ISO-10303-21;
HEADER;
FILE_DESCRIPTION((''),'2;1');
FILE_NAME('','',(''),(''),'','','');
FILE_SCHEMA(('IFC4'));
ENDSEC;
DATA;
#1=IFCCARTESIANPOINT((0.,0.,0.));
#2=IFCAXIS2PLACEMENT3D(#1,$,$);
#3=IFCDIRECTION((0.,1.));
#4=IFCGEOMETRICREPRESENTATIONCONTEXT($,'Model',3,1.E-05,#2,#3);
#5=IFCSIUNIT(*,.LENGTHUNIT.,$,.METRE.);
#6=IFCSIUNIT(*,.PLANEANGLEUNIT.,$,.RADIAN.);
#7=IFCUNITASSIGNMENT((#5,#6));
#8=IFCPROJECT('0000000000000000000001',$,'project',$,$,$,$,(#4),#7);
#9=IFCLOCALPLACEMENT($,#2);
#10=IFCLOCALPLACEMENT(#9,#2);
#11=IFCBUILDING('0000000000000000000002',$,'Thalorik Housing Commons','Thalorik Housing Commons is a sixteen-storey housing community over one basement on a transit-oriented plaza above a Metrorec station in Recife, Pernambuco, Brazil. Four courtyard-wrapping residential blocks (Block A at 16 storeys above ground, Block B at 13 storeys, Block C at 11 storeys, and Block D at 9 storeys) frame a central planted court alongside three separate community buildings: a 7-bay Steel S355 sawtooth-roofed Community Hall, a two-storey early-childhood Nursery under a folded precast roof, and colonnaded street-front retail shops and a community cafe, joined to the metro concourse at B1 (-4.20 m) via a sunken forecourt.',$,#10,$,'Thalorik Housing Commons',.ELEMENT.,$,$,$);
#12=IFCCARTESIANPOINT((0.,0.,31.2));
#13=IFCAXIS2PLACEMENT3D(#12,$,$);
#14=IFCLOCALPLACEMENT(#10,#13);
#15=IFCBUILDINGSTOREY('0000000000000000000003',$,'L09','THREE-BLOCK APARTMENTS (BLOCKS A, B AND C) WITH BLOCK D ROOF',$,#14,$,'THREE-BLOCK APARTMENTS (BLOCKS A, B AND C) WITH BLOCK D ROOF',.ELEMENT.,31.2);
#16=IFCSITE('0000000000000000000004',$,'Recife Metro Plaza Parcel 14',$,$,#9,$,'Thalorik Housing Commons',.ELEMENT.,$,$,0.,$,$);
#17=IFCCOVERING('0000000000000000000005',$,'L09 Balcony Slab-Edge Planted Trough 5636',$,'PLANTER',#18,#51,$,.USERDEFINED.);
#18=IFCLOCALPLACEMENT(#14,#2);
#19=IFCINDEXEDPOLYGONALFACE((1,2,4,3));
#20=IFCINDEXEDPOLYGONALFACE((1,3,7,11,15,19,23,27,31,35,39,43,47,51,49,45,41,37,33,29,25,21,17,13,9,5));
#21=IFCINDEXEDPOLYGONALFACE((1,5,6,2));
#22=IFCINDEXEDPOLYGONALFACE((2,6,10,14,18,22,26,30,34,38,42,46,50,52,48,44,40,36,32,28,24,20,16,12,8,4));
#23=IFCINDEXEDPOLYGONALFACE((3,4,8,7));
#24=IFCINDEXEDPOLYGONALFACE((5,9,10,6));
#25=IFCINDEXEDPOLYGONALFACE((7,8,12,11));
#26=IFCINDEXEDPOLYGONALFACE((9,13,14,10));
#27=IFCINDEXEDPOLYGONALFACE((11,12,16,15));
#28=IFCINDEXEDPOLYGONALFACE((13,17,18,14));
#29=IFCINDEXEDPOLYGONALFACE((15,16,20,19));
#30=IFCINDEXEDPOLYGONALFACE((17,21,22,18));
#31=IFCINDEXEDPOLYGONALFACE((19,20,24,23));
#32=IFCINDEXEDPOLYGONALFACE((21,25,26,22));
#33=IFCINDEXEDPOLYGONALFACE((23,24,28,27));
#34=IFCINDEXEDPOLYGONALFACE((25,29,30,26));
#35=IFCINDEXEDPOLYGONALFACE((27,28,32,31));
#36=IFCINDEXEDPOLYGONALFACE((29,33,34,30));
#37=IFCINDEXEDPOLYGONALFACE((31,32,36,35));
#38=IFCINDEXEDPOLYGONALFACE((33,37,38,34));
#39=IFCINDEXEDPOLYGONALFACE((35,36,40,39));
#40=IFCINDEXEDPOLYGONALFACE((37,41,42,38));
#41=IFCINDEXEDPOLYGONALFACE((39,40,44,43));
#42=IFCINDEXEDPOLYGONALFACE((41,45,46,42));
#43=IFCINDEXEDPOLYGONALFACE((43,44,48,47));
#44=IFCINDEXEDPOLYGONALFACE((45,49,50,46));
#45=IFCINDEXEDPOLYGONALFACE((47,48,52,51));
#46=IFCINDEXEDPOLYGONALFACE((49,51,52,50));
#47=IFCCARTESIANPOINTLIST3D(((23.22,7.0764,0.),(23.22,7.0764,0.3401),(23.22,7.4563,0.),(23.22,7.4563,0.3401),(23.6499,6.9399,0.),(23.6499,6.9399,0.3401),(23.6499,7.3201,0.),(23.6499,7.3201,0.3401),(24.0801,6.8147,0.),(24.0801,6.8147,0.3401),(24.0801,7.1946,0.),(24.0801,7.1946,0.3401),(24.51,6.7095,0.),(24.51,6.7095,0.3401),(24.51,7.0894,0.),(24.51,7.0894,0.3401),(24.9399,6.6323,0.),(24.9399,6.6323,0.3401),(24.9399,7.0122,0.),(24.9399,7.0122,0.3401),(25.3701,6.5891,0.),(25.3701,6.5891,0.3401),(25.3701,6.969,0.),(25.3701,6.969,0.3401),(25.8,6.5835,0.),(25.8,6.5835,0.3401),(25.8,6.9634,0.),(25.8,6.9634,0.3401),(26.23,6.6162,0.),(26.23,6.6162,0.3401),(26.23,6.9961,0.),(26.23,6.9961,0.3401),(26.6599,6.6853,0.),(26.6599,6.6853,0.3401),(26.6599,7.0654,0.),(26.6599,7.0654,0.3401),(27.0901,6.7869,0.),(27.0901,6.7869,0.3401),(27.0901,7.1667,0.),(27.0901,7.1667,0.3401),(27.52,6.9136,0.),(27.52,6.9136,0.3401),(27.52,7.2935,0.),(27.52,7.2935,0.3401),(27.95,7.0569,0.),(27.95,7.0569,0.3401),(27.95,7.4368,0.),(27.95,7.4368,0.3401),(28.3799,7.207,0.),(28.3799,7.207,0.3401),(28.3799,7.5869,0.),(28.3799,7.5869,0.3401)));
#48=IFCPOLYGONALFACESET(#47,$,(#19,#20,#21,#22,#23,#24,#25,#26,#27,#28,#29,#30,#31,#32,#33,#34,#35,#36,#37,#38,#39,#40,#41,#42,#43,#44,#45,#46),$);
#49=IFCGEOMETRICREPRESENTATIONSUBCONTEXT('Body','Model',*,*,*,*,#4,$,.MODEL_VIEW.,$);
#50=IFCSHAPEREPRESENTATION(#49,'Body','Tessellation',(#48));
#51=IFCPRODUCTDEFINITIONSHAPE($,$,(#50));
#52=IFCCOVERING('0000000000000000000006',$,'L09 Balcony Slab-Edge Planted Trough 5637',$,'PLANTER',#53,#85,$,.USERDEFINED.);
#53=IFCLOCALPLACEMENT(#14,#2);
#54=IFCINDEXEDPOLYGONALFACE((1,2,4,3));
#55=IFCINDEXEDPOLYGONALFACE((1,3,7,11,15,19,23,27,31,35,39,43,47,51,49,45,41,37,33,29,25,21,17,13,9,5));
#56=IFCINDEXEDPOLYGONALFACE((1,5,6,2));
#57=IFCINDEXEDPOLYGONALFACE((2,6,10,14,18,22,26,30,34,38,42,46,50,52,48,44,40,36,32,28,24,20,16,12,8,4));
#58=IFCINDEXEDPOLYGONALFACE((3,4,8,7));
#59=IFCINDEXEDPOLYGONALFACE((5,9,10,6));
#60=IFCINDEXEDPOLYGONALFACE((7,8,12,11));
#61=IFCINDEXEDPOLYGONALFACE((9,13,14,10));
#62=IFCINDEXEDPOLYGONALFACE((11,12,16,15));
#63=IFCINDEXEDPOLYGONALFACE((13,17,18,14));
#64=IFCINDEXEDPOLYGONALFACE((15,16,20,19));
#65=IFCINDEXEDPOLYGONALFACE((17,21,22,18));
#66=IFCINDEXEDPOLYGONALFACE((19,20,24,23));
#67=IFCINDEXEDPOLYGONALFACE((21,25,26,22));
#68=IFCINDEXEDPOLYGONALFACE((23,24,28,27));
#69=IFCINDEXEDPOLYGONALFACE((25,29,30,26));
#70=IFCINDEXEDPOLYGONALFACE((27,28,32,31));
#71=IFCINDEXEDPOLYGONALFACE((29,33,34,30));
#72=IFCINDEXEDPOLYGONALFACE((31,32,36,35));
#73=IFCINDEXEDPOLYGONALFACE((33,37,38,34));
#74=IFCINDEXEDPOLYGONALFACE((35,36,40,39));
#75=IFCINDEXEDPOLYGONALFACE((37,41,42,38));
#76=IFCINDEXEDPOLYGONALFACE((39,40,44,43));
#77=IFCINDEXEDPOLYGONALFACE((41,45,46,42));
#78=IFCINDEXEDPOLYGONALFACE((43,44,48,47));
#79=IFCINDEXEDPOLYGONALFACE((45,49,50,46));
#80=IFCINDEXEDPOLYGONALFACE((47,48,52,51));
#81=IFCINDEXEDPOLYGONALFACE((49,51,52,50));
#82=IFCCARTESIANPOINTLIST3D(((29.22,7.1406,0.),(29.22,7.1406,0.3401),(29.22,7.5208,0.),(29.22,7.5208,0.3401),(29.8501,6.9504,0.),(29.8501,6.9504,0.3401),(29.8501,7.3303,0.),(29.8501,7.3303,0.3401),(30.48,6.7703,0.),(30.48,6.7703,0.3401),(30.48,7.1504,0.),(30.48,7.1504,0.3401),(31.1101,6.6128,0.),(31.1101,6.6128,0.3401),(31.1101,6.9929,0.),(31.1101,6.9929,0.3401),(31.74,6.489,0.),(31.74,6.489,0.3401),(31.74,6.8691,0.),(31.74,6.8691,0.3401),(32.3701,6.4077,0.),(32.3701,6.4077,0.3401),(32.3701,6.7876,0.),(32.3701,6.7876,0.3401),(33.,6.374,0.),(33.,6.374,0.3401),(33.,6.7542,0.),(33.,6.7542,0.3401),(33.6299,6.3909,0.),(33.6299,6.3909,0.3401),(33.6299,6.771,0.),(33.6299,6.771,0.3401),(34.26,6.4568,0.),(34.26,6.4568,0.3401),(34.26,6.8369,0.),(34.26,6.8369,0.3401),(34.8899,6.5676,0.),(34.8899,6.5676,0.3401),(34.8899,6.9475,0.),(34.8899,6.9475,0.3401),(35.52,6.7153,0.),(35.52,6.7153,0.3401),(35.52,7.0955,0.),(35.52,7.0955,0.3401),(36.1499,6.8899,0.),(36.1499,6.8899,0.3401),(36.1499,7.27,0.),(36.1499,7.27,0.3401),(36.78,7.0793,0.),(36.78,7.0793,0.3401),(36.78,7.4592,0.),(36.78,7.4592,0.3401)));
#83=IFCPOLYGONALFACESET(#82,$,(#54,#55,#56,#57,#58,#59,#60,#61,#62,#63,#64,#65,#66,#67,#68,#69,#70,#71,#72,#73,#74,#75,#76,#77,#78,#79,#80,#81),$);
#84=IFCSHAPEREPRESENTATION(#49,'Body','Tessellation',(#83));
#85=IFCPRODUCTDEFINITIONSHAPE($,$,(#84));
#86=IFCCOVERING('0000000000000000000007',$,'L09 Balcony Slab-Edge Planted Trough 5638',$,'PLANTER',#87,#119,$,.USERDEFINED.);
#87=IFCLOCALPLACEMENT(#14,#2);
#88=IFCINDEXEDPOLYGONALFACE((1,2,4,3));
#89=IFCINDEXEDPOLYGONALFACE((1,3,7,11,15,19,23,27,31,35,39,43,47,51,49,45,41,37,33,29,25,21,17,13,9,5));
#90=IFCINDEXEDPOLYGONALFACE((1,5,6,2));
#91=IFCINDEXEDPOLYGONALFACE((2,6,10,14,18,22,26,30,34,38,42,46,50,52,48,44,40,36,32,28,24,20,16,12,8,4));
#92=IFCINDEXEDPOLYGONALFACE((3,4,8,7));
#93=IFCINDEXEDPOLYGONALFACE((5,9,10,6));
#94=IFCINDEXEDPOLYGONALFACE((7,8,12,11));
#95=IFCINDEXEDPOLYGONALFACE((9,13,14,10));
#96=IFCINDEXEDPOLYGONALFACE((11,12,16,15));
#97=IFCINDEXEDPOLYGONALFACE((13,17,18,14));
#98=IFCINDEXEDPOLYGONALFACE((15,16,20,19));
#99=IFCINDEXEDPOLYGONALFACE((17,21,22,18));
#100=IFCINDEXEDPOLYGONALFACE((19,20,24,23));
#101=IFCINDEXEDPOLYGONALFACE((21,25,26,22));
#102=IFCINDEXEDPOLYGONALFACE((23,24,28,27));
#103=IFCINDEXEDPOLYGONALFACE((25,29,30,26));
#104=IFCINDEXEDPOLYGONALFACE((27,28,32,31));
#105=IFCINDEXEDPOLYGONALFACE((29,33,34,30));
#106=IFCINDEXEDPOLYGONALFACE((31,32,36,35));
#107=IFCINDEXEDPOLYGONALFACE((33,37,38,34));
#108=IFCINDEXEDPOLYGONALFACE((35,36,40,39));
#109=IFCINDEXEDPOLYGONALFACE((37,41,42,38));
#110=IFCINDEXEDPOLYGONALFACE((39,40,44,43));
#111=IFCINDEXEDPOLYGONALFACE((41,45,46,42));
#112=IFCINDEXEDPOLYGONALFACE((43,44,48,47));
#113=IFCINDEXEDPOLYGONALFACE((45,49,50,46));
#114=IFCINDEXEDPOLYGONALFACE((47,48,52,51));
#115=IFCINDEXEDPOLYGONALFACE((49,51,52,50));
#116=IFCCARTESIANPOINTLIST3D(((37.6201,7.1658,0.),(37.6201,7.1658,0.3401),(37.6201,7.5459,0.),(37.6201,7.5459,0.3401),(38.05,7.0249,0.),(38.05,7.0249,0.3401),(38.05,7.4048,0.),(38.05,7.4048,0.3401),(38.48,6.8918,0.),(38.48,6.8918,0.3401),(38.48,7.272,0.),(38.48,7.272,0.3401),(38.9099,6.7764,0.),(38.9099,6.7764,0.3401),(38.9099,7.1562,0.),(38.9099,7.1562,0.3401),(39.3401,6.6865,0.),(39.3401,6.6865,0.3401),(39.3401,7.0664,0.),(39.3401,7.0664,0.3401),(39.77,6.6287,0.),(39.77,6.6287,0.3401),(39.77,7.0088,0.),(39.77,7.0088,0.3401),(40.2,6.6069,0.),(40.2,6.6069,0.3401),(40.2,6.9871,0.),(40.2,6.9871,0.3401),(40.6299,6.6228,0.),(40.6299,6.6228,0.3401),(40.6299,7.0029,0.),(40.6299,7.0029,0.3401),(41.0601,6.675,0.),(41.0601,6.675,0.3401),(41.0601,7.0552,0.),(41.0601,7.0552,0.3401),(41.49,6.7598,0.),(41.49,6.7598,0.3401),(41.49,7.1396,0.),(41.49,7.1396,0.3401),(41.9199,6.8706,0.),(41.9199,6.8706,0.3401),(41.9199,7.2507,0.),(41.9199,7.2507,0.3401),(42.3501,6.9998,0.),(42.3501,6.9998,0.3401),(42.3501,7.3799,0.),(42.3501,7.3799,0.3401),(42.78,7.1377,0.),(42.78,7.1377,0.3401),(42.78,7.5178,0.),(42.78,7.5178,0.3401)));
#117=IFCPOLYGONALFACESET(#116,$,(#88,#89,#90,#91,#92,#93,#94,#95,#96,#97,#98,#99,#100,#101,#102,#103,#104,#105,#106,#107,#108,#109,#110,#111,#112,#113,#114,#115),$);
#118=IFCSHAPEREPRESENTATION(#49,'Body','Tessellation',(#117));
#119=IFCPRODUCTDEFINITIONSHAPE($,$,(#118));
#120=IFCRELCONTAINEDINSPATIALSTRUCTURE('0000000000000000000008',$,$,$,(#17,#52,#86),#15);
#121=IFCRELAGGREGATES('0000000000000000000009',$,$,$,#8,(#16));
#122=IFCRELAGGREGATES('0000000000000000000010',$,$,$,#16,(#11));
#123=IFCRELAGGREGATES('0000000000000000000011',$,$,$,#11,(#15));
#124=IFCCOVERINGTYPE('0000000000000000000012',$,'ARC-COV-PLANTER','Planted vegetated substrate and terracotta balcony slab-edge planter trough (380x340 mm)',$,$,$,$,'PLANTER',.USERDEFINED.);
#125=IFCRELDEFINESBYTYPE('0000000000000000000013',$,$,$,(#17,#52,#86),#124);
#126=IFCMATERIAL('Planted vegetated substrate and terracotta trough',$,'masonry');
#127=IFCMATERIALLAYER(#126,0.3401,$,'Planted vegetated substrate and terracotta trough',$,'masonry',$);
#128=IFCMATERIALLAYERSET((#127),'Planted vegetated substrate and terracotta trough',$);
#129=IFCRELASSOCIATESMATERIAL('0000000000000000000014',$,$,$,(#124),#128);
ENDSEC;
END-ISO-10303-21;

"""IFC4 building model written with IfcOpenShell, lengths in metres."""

from ifc_helpers import new_model, si_unit, direction, frame, origin, place, context, subcontext, project, spatial, polyline, outline, extrude, material, layer, layer_set, type_object, element, save


model = new_model("IFC4")

# Units and contexts
model_context = context("Model", 3, precision=1e-05, world=origin(), true_north=direction((0.0, 1.0)))
body_context = subcontext(model_context, "Body", "Model", "MODEL_VIEW")
ifc_project = project(units=[si_unit("LENGTHUNIT", "METRE"), si_unit("PLANEANGLEUNIT", "RADIAN")], contexts=[model_context])

# Site, building, storey
site_placement = place(None, origin())
site = spatial("IfcSite", under=ifc_project, at=site_placement, Name="Recife Metro Plaza Parcel 14", LongName="Thalorik Housing Commons", CompositionType="ELEMENT", RefElevation=0.0)
building_placement = place(site_placement, origin())
building = spatial("IfcBuilding", under=site, at=building_placement, Name="Thalorik Housing Commons", Description="Thalorik Housing Commons is a sixteen-storey housing community over one basement on a transit-oriented plaza above a Metrorec station in Recife, Pernambuco, Brazil. Four courtyard-wrapping residential blocks (Block A at 16 storeys above ground, Block B at 13 storeys, Block C at 11 storeys, and Block D at 9 storeys) frame a central planted court alongside three separate community buildings: a 7-bay Steel S355 sawtooth-roofed Community Hall, a two-storey early-childhood Nursery under a folded precast roof, and colonnaded street-front retail shops and a community cafe, joined to the metro concourse at B1 (-4.20 m) via a sunken forecourt.", LongName="Thalorik Housing Commons", CompositionType="ELEMENT")
storey_placement = place(building_placement, frame((0.0, 0.0, 31.2)))
storey = spatial("IfcBuildingStorey", under=building, at=storey_placement, Name="L09", Description="THREE-BLOCK APARTMENTS (BLOCKS A, B AND C) WITH BLOCK D ROOF", LongName="THREE-BLOCK APARTMENTS (BLOCKS A, B AND C) WITH BLOCK D ROOF", CompositionType="ELEMENT", Elevation=31.2)

# Coverings
ifc_material_1 = material(Name="Planted vegetated substrate and terracotta trough", Category="masonry")
ifc_layer_1 = layer(ifc_material_1, 0.3401, Name="Planted vegetated substrate and terracotta trough", Category="masonry")
ifc_layer_set_1 = layer_set([ifc_layer_1], Name="Planted vegetated substrate and terracotta trough")
covering_type_1 = type_object("IfcCoveringType", Name="ARC-COV-PLANTER", Description="Planted vegetated substrate and terracotta balcony slab-edge planter trough (380x340 mm)", ElementType="PLANTER", PredefinedType="USERDEFINED", material=ifc_layer_set_1)
covering_1_placement = place(storey_placement, origin())
element("IfcCovering", 1, at=covering_1_placement, inside=storey, type_object=covering_type_1, Name="L09 Balcony Slab-Edge Planted Trough 5636", ObjectType="PLANTER", PredefinedType="USERDEFINED", context=body_context, shape_type="SweptSolid", body=[
    extrude(outline(polyline([(23.22, 7.0764), (23.6499, 6.9399), (24.0801, 6.8147), (24.51, 6.7095), (24.9399, 6.6323), (25.3701, 6.5891), (25.8, 6.5835), (26.23, 6.6162), (26.6599, 6.6853), (27.0901, 6.7869), (27.52, 6.9136), (27.95, 7.0569), (28.3799, 7.207), (28.3799, 7.5869), (27.95, 7.4368), (27.52, 7.2935), (27.0901, 7.1667), (26.6599, 7.0654), (26.23, 6.9961), (25.8, 6.9634), (25.3701, 6.969), (24.9399, 7.0122), (24.51, 7.0894), (24.0801, 7.1946), (23.6499, 7.3201), (23.22, 7.4563), (23.22, 7.0764)])), origin(), (0.0, 0.0, 1.0), 0.3401),
])
covering_2_placement = place(storey_placement, origin())
element("IfcCovering", 2, at=covering_2_placement, inside=storey, type_object=covering_type_1, Name="L09 Balcony Slab-Edge Planted Trough 5637", ObjectType="PLANTER", PredefinedType="USERDEFINED", context=body_context, shape_type="SweptSolid", body=[
    extrude(outline(polyline([(29.22, 7.1406), (29.8501, 6.9504), (30.48, 6.7703), (31.1101, 6.6128), (31.74, 6.489), (32.3701, 6.4077), (33.0, 6.374), (33.6299, 6.3909), (34.26, 6.4568), (34.8899, 6.5676), (35.52, 6.7153), (36.1499, 6.8899), (36.78, 7.0793), (36.78, 7.4592), (36.1499, 7.27), (35.52, 7.0955), (34.8899, 6.9475), (34.26, 6.8369), (33.6299, 6.771), (33.0, 6.7542), (32.3701, 6.7876), (31.74, 6.8691), (31.1101, 6.9929), (30.48, 7.1504), (29.8501, 7.3303), (29.22, 7.5208), (29.22, 7.1406)])), origin(), (0.0, 0.0, 1.0), 0.3401),
])
covering_3_placement = place(storey_placement, origin())
element("IfcCovering", 3, at=covering_3_placement, inside=storey, type_object=covering_type_1, Name="L09 Balcony Slab-Edge Planted Trough 5638", ObjectType="PLANTER", PredefinedType="USERDEFINED", context=body_context, shape_type="SweptSolid", body=[
    extrude(outline(polyline([(37.6201, 7.1658), (38.05, 7.0249), (38.48, 6.8918), (38.9099, 6.7764), (39.3401, 6.6865), (39.77, 6.6287), (40.2, 6.6069), (40.6299, 6.6228), (41.0601, 6.675), (41.49, 6.7598), (41.9199, 6.8706), (42.3501, 6.9998), (42.78, 7.1377), (42.78, 7.5178), (42.3501, 7.3799), (41.9199, 7.2507), (41.49, 7.1396), (41.0601, 7.0552), (40.6299, 7.0029), (40.2, 6.9871), (39.77, 7.0088), (39.3401, 7.0664), (38.9099, 7.1562), (38.48, 7.272), (38.05, 7.4048), (37.6201, 7.5459), (37.6201, 7.1658)])), origin(), (0.0, 0.0, 1.0), 0.3401),
])

save(model, "model.ifc")
